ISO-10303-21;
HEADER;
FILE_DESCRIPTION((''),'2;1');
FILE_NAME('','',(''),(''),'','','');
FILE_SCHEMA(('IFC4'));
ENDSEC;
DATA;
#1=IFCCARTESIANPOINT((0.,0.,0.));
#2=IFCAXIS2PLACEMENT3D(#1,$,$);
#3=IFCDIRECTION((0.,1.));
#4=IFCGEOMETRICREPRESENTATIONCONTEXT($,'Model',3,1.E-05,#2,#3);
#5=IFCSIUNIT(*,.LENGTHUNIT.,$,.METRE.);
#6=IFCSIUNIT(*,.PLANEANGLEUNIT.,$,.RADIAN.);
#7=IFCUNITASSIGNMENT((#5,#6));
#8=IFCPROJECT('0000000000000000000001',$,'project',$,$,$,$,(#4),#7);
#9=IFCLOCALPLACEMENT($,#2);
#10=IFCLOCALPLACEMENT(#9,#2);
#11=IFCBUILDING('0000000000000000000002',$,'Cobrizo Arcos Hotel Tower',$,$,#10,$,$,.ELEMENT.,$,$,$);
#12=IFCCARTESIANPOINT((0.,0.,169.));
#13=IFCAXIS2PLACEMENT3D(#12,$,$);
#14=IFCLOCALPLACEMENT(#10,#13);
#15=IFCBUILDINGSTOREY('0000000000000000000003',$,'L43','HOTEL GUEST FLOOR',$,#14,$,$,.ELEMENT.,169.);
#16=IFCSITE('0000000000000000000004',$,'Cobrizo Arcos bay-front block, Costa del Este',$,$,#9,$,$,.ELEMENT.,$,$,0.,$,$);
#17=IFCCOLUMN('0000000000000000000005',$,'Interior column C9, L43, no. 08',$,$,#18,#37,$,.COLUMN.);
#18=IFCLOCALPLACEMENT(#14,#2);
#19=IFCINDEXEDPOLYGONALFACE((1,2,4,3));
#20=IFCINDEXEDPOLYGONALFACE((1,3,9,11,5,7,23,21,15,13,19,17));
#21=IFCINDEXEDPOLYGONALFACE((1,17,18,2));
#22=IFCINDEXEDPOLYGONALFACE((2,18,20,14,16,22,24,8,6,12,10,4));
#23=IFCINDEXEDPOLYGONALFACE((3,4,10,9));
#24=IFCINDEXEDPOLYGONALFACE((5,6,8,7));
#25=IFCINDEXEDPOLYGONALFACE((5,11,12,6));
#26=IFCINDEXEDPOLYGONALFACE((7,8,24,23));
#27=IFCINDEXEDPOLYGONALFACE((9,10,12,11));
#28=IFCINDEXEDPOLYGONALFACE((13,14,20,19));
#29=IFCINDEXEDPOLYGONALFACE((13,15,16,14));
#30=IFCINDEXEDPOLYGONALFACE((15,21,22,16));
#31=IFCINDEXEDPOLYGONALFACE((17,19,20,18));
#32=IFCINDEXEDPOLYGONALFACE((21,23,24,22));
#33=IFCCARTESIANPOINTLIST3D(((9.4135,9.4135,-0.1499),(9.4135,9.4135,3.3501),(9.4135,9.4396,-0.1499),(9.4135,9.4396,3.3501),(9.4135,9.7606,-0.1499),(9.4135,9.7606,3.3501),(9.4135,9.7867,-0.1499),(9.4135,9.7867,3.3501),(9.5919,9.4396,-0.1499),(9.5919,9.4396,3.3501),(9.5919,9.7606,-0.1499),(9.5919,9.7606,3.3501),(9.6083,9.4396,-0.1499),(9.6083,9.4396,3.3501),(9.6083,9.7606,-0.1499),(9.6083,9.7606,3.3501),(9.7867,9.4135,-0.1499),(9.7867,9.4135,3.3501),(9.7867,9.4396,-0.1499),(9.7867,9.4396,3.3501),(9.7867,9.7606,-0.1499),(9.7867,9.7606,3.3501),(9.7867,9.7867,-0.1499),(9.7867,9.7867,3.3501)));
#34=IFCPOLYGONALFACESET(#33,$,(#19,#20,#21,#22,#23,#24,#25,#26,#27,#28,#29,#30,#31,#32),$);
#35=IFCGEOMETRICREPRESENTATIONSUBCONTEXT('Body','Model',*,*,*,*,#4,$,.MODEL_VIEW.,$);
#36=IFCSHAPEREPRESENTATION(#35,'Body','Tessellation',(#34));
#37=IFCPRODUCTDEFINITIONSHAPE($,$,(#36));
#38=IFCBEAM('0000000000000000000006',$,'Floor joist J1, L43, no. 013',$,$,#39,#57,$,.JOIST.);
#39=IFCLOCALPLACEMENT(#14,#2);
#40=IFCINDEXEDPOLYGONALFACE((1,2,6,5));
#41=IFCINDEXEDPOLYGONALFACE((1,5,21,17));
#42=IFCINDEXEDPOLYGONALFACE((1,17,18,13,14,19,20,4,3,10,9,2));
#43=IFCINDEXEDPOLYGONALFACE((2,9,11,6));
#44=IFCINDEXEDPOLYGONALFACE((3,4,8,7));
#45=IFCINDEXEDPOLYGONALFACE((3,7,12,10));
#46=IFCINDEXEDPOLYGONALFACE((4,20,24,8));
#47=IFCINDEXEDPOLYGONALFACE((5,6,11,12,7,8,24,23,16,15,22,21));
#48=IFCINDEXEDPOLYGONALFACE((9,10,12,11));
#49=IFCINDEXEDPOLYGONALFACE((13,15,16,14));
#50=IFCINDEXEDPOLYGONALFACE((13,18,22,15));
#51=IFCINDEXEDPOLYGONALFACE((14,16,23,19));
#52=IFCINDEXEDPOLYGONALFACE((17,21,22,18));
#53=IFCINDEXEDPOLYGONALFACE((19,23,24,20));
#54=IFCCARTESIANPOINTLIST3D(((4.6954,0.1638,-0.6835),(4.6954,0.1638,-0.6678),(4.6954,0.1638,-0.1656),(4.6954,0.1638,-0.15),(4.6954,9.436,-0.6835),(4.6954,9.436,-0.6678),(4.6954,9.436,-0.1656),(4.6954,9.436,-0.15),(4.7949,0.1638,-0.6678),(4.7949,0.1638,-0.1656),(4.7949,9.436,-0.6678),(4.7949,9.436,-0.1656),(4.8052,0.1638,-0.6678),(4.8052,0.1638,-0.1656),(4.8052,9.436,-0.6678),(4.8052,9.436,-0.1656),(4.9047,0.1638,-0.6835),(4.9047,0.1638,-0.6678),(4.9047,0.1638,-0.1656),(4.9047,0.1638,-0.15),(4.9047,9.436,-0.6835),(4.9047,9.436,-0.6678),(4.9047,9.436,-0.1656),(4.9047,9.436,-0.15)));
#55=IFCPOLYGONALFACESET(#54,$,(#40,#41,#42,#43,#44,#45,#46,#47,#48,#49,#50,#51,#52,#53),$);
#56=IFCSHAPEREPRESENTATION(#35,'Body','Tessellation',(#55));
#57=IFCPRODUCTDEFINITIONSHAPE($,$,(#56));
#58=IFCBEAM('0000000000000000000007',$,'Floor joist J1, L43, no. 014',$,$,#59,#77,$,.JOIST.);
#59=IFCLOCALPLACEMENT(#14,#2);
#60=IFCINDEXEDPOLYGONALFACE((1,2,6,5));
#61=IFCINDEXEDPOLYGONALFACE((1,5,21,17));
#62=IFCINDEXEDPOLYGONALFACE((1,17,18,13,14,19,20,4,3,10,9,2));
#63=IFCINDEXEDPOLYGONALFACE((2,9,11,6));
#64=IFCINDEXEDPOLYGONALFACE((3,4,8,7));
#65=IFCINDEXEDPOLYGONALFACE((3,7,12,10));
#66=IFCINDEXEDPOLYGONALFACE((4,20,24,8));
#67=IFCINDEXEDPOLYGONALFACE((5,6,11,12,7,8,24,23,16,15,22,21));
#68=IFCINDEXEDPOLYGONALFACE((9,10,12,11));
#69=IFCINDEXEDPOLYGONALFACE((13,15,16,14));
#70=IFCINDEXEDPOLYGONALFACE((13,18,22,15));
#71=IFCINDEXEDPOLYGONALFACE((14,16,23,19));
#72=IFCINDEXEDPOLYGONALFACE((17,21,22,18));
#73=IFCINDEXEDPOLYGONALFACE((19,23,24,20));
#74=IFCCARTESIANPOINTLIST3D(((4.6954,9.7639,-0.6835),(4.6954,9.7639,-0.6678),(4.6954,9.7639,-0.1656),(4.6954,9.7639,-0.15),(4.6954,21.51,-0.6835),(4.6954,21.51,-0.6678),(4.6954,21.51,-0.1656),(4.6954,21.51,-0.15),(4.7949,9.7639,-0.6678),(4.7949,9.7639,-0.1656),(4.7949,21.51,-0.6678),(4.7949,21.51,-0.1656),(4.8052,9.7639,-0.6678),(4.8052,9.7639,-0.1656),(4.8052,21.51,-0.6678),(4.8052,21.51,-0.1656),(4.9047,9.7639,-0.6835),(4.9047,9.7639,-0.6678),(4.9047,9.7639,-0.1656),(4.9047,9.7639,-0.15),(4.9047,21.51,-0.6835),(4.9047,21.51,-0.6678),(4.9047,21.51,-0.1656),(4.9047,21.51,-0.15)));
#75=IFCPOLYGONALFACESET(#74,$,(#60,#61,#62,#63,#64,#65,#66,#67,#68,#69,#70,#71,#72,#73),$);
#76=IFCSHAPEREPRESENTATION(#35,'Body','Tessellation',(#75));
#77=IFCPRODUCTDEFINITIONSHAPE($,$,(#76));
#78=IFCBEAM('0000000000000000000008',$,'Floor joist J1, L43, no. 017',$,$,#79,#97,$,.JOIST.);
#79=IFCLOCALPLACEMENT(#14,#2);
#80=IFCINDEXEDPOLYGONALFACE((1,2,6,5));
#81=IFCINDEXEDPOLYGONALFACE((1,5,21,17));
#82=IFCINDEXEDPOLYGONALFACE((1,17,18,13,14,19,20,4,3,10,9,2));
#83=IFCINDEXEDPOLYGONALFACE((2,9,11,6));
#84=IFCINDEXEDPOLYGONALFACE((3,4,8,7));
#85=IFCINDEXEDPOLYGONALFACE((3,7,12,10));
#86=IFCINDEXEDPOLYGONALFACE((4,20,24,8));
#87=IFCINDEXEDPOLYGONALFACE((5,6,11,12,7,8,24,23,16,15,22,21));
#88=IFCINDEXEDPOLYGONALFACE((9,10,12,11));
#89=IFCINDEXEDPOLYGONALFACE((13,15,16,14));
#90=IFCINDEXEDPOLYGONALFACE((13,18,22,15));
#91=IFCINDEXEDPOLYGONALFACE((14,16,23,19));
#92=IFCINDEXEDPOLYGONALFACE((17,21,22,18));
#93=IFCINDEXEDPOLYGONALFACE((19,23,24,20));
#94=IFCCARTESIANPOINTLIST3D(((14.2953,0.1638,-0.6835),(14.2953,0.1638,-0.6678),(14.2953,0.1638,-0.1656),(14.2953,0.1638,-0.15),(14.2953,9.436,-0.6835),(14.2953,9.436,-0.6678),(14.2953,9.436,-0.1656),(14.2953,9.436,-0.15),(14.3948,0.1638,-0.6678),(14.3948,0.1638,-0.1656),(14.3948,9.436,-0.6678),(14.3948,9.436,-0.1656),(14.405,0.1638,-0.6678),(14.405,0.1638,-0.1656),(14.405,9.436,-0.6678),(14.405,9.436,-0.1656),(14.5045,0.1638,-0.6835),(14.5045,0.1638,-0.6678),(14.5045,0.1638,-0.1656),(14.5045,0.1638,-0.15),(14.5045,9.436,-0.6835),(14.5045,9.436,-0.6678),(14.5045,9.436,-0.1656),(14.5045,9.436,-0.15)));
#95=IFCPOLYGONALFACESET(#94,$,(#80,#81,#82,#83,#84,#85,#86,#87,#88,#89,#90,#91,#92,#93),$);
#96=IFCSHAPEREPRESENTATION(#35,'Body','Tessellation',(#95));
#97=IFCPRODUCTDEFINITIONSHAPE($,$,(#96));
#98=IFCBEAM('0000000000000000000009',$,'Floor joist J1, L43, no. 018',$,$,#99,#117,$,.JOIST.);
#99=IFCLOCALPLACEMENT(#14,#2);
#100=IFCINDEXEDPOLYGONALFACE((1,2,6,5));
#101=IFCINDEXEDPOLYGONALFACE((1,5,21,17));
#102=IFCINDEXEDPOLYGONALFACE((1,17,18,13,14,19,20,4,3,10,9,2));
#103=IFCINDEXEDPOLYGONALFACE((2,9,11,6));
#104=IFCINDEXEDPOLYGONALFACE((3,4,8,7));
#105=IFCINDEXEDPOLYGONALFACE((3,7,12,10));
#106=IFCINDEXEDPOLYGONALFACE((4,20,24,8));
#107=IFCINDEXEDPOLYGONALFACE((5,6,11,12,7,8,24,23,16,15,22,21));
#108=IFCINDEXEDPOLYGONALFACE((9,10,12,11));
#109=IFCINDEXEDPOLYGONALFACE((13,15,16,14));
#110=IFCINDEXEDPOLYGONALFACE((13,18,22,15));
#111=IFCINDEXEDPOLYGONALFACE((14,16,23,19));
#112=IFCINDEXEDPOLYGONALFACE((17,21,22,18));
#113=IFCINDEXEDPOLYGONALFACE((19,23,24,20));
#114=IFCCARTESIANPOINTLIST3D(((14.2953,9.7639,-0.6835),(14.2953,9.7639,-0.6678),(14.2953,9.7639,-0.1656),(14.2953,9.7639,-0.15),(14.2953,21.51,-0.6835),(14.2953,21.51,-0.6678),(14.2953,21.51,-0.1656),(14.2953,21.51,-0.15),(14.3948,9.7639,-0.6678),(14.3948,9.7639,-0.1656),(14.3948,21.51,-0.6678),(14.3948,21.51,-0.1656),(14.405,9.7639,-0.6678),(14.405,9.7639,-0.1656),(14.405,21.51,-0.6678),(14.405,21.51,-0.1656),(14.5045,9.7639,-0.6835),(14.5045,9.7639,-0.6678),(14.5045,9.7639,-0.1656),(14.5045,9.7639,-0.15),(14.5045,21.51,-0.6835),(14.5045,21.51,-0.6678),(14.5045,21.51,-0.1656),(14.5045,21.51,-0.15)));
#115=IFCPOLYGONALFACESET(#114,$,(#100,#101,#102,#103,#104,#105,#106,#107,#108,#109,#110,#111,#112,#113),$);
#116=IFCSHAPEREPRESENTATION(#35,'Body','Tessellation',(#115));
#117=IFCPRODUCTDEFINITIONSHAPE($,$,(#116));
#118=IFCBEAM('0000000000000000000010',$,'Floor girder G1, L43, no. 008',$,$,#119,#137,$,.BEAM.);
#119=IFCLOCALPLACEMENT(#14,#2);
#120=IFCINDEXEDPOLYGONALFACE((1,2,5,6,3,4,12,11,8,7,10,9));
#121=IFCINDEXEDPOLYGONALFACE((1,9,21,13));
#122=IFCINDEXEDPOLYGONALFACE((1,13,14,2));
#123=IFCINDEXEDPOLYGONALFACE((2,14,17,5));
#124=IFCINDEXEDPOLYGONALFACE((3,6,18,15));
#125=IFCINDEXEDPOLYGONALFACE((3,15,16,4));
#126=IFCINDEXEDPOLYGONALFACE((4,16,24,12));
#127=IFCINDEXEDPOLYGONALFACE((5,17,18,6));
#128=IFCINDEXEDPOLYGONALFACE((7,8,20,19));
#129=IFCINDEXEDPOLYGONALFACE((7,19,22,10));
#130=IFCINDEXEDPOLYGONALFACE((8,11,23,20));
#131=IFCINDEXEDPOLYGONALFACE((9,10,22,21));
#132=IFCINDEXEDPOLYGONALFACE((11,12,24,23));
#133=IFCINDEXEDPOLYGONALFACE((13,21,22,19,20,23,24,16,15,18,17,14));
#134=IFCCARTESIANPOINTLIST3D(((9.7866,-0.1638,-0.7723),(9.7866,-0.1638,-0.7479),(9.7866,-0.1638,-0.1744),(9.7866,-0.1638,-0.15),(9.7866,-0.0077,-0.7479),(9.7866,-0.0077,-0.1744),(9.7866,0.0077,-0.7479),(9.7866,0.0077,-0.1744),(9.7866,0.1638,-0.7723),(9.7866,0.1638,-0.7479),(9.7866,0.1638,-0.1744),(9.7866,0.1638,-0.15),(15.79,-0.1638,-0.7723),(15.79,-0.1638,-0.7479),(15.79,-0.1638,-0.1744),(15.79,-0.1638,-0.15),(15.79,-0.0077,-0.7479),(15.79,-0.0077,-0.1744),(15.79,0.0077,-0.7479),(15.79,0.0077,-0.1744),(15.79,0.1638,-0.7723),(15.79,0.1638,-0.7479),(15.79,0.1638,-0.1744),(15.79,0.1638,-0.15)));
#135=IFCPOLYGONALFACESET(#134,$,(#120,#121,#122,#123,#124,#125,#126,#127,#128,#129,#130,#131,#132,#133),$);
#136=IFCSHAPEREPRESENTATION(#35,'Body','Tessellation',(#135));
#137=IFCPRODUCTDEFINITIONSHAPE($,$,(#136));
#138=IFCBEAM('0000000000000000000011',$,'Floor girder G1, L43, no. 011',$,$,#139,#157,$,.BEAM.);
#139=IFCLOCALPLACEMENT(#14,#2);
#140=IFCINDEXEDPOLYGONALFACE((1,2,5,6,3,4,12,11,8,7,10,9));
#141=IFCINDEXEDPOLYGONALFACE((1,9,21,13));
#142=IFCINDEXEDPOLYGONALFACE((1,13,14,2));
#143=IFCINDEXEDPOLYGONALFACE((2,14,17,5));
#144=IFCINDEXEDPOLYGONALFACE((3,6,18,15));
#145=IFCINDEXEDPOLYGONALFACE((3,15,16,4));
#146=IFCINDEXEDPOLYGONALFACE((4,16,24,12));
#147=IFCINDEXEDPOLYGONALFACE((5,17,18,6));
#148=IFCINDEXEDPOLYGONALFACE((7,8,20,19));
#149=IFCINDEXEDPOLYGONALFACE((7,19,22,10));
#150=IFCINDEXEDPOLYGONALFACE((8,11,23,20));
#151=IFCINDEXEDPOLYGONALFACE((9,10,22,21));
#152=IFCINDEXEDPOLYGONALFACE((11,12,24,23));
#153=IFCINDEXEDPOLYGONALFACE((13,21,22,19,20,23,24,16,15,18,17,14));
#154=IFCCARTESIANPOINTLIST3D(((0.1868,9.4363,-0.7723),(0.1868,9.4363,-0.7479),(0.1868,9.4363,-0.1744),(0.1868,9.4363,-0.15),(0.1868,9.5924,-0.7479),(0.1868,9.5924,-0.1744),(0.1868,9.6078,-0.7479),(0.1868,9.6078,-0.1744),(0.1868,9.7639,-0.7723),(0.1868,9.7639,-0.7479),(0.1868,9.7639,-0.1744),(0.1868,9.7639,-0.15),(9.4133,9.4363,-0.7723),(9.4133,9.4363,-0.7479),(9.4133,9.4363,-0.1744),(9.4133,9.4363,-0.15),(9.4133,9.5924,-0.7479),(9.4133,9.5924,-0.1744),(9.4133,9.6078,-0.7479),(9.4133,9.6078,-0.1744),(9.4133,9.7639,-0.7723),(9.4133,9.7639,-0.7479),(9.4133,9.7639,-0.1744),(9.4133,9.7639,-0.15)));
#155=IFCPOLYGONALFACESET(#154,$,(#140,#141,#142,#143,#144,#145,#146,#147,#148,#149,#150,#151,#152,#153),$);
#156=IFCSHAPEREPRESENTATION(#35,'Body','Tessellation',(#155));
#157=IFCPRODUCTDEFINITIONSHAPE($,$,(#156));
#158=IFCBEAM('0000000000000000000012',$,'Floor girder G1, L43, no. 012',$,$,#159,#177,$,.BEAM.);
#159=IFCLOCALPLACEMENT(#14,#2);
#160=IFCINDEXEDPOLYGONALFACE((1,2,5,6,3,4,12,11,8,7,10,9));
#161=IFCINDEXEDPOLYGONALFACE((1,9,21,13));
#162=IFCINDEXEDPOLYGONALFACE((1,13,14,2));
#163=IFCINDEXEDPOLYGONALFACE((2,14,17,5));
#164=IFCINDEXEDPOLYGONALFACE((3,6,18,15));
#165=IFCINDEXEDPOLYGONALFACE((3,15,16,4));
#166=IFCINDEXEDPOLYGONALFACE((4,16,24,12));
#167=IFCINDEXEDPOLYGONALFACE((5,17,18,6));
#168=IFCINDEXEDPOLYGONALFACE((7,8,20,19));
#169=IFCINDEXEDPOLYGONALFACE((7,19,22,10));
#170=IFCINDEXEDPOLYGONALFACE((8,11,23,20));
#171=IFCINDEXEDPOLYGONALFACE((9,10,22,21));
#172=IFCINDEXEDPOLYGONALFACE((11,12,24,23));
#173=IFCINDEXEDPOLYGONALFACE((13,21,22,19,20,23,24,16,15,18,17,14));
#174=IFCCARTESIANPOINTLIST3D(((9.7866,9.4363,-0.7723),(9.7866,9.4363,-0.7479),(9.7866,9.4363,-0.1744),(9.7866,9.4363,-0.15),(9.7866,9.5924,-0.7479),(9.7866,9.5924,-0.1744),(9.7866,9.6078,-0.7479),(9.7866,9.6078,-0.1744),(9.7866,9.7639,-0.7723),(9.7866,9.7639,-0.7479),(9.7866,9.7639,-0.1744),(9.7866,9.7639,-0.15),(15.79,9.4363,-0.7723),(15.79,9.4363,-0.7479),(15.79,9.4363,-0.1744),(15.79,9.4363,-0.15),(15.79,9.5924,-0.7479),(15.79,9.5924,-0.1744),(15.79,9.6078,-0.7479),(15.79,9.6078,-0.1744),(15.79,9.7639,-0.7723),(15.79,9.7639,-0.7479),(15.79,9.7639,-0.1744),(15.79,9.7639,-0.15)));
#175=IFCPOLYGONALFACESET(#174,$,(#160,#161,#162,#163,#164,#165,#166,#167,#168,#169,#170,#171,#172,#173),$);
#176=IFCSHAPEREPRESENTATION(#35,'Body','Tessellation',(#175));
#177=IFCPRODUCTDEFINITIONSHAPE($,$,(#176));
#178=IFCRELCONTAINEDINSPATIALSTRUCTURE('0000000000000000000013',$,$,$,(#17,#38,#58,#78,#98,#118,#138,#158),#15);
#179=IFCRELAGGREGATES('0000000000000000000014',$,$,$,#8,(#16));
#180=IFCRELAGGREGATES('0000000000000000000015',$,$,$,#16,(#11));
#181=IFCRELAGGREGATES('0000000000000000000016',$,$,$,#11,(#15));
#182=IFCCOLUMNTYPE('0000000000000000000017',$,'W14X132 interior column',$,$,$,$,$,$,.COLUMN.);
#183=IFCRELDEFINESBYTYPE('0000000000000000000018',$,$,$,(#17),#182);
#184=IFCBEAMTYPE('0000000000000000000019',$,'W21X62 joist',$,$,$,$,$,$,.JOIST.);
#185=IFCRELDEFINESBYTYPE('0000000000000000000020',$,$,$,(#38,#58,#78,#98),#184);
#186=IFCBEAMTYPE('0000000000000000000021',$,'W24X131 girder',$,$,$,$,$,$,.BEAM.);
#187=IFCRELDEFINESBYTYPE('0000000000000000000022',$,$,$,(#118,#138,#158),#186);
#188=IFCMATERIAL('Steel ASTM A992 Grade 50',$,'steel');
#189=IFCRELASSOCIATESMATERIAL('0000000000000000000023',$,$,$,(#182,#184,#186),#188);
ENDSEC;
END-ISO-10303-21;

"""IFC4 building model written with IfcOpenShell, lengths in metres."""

from ifc_helpers import new_model, si_unit, direction, frame, origin, origin_2d, place, context, subcontext, project, spatial, i_section, extrude, material, material_profile, profile_set, type_object, element, save


model = new_model("IFC4")

# Units and contexts
model_context = context("Model", 3, precision=1e-05, world=origin(), true_north=direction((0.0, 1.0)))
body_context = subcontext(model_context, "Body", "Model", "MODEL_VIEW")
ifc_project = project(units=[si_unit("LENGTHUNIT", "METRE"), si_unit("PLANEANGLEUNIT", "RADIAN")], contexts=[model_context])

# Site, building, storey
site_placement = place(None, origin())
site = spatial("IfcSite", under=ifc_project, at=site_placement, Name="Cobrizo Arcos bay-front block, Costa del Este", CompositionType="ELEMENT", RefElevation=0.0)
building_placement = place(site_placement, origin())
building = spatial("IfcBuilding", under=site, at=building_placement, Name="Cobrizo Arcos Hotel Tower", CompositionType="ELEMENT")
storey_placement = place(building_placement, frame((0.0, 0.0, 169.0)))
storey = spatial("IfcBuildingStorey", under=building, at=storey_placement, Name="L43", Description="HOTEL GUEST FLOOR", CompositionType="ELEMENT", Elevation=169.0)

# Column
ifc_material_1 = material(Name="Steel ASTM A992 Grade 50", Category="steel")
ifc_material_profile_1 = material_profile(ifc_material_1, i_section(OverallWidth=0.3733, OverallDepth=0.3733, WebThickness=0.0164, FlangeThickness=0.0261, at=origin_2d()), Name="W14X132")
ifc_profile_set_1 = profile_set([ifc_material_profile_1], Name="Steel ASTM A992 Grade 50")
column_type = type_object("IfcColumnType", Name="W14X132 interior column", PredefinedType="COLUMN", material=ifc_profile_set_1)
column_placement = place(storey_placement, frame((9.6001, 9.6001, -0.1499), z_axis=(0.0, 0.0, 1.0), x_axis=(1.0, 0.0, 0.0)))
element("IfcColumn", 1, at=column_placement, inside=storey, type_object=column_type, Name="Interior column C9, L43, no. 08", PredefinedType="COLUMN", context=body_context, shape_type="SweptSolid", body=[
    extrude(i_section(OverallWidth=0.3733, OverallDepth=0.3733, WebThickness=0.0164, FlangeThickness=0.0261, at=origin_2d()), origin(), (0.0, 0.0, 1.0), 3.5),
])

# Beams
ifc_material_profile_2 = material_profile(ifc_material_1, i_section(OverallWidth=0.2092, OverallDepth=0.5334, WebThickness=0.0103, FlangeThickness=0.0156, at=origin_2d()), Name="W21X62")
ifc_profile_set_2 = profile_set([ifc_material_profile_2], Name="Steel ASTM A992 Grade 50")
beam_type_1 = type_object("IfcBeamType", Name="W21X62 joist", PredefinedType="JOIST", material=ifc_profile_set_2)
beam_1_placement = place(storey_placement, frame((4.8, 0.1638, -0.4167), z_axis=(0.0, 1.0, 0.0), x_axis=(-1.0, 0.0, 0.0)))
element("IfcBeam", 2, at=beam_1_placement, inside=storey, type_object=beam_type_1, Name="Floor joist J1, L43, no. 013", PredefinedType="JOIST", context=body_context, shape_type="SweptSolid", body=[
    extrude(i_section(OverallWidth=0.2092, OverallDepth=0.5334, WebThickness=0.0103, FlangeThickness=0.0156, at=origin_2d()), origin(), (0.0, 0.0, 1.0), 9.2722),
])
beam_2_placement = place(storey_placement, frame((4.8, 9.7639, -0.4167), z_axis=(0.0, 1.0, 0.0), x_axis=(-1.0, 0.0, 0.0)))
element("IfcBeam", 3, at=beam_2_placement, inside=storey, type_object=beam_type_1, Name="Floor joist J1, L43, no. 014", PredefinedType="JOIST", context=body_context, shape_type="SweptSolid", body=[
    extrude(i_section(OverallWidth=0.2092, OverallDepth=0.5334, WebThickness=0.0103, FlangeThickness=0.0156, at=origin_2d()), origin(), (0.0, 0.0, 1.0), 11.7461),
])
beam_3_placement = place(storey_placement, frame((14.3999, 0.1638, -0.4167), z_axis=(0.0, 1.0, 0.0), x_axis=(-1.0, 0.0, 0.0)))
element("IfcBeam", 4, at=beam_3_placement, inside=storey, type_object=beam_type_1, Name="Floor joist J1, L43, no. 017", PredefinedType="JOIST", context=body_context, shape_type="SweptSolid", body=[
    extrude(i_section(OverallWidth=0.2092, OverallDepth=0.5334, WebThickness=0.0103, FlangeThickness=0.0156, at=origin_2d()), origin(), (0.0, 0.0, 1.0), 9.2722),
])
beam_4_placement = place(storey_placement, frame((14.3999, 9.7639, -0.4167), z_axis=(0.0, 1.0, 0.0), x_axis=(-1.0, 0.0, 0.0)))
element("IfcBeam", 5, at=beam_4_placement, inside=storey, type_object=beam_type_1, Name="Floor joist J1, L43, no. 018", PredefinedType="JOIST", context=body_context, shape_type="SweptSolid", body=[
    extrude(i_section(OverallWidth=0.2092, OverallDepth=0.5334, WebThickness=0.0103, FlangeThickness=0.0156, at=origin_2d()), origin(), (0.0, 0.0, 1.0), 11.7461),
])
ifc_material_profile_3 = material_profile(ifc_material_1, i_section(OverallWidth=0.3276, OverallDepth=0.6223, WebThickness=0.0154, FlangeThickness=0.0244, at=origin_2d()), Name="W24X131")
ifc_profile_set_3 = profile_set([ifc_material_profile_3], Name="Steel ASTM A992 Grade 50")
beam_type_2 = type_object("IfcBeamType", Name="W24X131 girder", PredefinedType="BEAM", material=ifc_profile_set_3)
beam_5_placement = place(storey_placement, frame((9.7866, 0.0, -0.4612), z_axis=(1.0, 0.0, 0.0), x_axis=(0.0, 1.0, 0.0)))
element("IfcBeam", 6, at=beam_5_placement, inside=storey, type_object=beam_type_2, Name="Floor girder G1, L43, no. 008", PredefinedType="BEAM", context=body_context, shape_type="SweptSolid", body=[
    extrude(i_section(OverallWidth=0.3276, OverallDepth=0.6223, WebThickness=0.0154, FlangeThickness=0.0244, at=origin_2d()), origin(), (0.0, 0.0, 1.0), 6.0034),
])
beam_6_placement = place(storey_placement, frame((0.1868, 9.6001, -0.4612), z_axis=(1.0, 0.0, 0.0), x_axis=(0.0, 1.0, 0.0)))
element("IfcBeam", 7, at=beam_6_placement, inside=storey, type_object=beam_type_2, Name="Floor girder G1, L43, no. 011", PredefinedType="BEAM", context=body_context, shape_type="SweptSolid", body=[
    extrude(i_section(OverallWidth=0.3276, OverallDepth=0.6223, WebThickness=0.0154, FlangeThickness=0.0244, at=origin_2d()), origin(), (0.0, 0.0, 1.0), 9.2266),
])
beam_7_placement = place(storey_placement, frame((9.7866, 9.6001, -0.4612), z_axis=(1.0, 0.0, 0.0), x_axis=(0.0, 1.0, 0.0)))
element("IfcBeam", 8, at=beam_7_placement, inside=storey, type_object=beam_type_2, Name="Floor girder G1, L43, no. 012", PredefinedType="BEAM", context=body_context, shape_type="SweptSolid", body=[
    extrude(i_section(OverallWidth=0.3276, OverallDepth=0.6223, WebThickness=0.0154, FlangeThickness=0.0244, at=origin_2d()), origin(), (0.0, 0.0, 1.0), 6.0034),
])

save(model, "model.ifc")
